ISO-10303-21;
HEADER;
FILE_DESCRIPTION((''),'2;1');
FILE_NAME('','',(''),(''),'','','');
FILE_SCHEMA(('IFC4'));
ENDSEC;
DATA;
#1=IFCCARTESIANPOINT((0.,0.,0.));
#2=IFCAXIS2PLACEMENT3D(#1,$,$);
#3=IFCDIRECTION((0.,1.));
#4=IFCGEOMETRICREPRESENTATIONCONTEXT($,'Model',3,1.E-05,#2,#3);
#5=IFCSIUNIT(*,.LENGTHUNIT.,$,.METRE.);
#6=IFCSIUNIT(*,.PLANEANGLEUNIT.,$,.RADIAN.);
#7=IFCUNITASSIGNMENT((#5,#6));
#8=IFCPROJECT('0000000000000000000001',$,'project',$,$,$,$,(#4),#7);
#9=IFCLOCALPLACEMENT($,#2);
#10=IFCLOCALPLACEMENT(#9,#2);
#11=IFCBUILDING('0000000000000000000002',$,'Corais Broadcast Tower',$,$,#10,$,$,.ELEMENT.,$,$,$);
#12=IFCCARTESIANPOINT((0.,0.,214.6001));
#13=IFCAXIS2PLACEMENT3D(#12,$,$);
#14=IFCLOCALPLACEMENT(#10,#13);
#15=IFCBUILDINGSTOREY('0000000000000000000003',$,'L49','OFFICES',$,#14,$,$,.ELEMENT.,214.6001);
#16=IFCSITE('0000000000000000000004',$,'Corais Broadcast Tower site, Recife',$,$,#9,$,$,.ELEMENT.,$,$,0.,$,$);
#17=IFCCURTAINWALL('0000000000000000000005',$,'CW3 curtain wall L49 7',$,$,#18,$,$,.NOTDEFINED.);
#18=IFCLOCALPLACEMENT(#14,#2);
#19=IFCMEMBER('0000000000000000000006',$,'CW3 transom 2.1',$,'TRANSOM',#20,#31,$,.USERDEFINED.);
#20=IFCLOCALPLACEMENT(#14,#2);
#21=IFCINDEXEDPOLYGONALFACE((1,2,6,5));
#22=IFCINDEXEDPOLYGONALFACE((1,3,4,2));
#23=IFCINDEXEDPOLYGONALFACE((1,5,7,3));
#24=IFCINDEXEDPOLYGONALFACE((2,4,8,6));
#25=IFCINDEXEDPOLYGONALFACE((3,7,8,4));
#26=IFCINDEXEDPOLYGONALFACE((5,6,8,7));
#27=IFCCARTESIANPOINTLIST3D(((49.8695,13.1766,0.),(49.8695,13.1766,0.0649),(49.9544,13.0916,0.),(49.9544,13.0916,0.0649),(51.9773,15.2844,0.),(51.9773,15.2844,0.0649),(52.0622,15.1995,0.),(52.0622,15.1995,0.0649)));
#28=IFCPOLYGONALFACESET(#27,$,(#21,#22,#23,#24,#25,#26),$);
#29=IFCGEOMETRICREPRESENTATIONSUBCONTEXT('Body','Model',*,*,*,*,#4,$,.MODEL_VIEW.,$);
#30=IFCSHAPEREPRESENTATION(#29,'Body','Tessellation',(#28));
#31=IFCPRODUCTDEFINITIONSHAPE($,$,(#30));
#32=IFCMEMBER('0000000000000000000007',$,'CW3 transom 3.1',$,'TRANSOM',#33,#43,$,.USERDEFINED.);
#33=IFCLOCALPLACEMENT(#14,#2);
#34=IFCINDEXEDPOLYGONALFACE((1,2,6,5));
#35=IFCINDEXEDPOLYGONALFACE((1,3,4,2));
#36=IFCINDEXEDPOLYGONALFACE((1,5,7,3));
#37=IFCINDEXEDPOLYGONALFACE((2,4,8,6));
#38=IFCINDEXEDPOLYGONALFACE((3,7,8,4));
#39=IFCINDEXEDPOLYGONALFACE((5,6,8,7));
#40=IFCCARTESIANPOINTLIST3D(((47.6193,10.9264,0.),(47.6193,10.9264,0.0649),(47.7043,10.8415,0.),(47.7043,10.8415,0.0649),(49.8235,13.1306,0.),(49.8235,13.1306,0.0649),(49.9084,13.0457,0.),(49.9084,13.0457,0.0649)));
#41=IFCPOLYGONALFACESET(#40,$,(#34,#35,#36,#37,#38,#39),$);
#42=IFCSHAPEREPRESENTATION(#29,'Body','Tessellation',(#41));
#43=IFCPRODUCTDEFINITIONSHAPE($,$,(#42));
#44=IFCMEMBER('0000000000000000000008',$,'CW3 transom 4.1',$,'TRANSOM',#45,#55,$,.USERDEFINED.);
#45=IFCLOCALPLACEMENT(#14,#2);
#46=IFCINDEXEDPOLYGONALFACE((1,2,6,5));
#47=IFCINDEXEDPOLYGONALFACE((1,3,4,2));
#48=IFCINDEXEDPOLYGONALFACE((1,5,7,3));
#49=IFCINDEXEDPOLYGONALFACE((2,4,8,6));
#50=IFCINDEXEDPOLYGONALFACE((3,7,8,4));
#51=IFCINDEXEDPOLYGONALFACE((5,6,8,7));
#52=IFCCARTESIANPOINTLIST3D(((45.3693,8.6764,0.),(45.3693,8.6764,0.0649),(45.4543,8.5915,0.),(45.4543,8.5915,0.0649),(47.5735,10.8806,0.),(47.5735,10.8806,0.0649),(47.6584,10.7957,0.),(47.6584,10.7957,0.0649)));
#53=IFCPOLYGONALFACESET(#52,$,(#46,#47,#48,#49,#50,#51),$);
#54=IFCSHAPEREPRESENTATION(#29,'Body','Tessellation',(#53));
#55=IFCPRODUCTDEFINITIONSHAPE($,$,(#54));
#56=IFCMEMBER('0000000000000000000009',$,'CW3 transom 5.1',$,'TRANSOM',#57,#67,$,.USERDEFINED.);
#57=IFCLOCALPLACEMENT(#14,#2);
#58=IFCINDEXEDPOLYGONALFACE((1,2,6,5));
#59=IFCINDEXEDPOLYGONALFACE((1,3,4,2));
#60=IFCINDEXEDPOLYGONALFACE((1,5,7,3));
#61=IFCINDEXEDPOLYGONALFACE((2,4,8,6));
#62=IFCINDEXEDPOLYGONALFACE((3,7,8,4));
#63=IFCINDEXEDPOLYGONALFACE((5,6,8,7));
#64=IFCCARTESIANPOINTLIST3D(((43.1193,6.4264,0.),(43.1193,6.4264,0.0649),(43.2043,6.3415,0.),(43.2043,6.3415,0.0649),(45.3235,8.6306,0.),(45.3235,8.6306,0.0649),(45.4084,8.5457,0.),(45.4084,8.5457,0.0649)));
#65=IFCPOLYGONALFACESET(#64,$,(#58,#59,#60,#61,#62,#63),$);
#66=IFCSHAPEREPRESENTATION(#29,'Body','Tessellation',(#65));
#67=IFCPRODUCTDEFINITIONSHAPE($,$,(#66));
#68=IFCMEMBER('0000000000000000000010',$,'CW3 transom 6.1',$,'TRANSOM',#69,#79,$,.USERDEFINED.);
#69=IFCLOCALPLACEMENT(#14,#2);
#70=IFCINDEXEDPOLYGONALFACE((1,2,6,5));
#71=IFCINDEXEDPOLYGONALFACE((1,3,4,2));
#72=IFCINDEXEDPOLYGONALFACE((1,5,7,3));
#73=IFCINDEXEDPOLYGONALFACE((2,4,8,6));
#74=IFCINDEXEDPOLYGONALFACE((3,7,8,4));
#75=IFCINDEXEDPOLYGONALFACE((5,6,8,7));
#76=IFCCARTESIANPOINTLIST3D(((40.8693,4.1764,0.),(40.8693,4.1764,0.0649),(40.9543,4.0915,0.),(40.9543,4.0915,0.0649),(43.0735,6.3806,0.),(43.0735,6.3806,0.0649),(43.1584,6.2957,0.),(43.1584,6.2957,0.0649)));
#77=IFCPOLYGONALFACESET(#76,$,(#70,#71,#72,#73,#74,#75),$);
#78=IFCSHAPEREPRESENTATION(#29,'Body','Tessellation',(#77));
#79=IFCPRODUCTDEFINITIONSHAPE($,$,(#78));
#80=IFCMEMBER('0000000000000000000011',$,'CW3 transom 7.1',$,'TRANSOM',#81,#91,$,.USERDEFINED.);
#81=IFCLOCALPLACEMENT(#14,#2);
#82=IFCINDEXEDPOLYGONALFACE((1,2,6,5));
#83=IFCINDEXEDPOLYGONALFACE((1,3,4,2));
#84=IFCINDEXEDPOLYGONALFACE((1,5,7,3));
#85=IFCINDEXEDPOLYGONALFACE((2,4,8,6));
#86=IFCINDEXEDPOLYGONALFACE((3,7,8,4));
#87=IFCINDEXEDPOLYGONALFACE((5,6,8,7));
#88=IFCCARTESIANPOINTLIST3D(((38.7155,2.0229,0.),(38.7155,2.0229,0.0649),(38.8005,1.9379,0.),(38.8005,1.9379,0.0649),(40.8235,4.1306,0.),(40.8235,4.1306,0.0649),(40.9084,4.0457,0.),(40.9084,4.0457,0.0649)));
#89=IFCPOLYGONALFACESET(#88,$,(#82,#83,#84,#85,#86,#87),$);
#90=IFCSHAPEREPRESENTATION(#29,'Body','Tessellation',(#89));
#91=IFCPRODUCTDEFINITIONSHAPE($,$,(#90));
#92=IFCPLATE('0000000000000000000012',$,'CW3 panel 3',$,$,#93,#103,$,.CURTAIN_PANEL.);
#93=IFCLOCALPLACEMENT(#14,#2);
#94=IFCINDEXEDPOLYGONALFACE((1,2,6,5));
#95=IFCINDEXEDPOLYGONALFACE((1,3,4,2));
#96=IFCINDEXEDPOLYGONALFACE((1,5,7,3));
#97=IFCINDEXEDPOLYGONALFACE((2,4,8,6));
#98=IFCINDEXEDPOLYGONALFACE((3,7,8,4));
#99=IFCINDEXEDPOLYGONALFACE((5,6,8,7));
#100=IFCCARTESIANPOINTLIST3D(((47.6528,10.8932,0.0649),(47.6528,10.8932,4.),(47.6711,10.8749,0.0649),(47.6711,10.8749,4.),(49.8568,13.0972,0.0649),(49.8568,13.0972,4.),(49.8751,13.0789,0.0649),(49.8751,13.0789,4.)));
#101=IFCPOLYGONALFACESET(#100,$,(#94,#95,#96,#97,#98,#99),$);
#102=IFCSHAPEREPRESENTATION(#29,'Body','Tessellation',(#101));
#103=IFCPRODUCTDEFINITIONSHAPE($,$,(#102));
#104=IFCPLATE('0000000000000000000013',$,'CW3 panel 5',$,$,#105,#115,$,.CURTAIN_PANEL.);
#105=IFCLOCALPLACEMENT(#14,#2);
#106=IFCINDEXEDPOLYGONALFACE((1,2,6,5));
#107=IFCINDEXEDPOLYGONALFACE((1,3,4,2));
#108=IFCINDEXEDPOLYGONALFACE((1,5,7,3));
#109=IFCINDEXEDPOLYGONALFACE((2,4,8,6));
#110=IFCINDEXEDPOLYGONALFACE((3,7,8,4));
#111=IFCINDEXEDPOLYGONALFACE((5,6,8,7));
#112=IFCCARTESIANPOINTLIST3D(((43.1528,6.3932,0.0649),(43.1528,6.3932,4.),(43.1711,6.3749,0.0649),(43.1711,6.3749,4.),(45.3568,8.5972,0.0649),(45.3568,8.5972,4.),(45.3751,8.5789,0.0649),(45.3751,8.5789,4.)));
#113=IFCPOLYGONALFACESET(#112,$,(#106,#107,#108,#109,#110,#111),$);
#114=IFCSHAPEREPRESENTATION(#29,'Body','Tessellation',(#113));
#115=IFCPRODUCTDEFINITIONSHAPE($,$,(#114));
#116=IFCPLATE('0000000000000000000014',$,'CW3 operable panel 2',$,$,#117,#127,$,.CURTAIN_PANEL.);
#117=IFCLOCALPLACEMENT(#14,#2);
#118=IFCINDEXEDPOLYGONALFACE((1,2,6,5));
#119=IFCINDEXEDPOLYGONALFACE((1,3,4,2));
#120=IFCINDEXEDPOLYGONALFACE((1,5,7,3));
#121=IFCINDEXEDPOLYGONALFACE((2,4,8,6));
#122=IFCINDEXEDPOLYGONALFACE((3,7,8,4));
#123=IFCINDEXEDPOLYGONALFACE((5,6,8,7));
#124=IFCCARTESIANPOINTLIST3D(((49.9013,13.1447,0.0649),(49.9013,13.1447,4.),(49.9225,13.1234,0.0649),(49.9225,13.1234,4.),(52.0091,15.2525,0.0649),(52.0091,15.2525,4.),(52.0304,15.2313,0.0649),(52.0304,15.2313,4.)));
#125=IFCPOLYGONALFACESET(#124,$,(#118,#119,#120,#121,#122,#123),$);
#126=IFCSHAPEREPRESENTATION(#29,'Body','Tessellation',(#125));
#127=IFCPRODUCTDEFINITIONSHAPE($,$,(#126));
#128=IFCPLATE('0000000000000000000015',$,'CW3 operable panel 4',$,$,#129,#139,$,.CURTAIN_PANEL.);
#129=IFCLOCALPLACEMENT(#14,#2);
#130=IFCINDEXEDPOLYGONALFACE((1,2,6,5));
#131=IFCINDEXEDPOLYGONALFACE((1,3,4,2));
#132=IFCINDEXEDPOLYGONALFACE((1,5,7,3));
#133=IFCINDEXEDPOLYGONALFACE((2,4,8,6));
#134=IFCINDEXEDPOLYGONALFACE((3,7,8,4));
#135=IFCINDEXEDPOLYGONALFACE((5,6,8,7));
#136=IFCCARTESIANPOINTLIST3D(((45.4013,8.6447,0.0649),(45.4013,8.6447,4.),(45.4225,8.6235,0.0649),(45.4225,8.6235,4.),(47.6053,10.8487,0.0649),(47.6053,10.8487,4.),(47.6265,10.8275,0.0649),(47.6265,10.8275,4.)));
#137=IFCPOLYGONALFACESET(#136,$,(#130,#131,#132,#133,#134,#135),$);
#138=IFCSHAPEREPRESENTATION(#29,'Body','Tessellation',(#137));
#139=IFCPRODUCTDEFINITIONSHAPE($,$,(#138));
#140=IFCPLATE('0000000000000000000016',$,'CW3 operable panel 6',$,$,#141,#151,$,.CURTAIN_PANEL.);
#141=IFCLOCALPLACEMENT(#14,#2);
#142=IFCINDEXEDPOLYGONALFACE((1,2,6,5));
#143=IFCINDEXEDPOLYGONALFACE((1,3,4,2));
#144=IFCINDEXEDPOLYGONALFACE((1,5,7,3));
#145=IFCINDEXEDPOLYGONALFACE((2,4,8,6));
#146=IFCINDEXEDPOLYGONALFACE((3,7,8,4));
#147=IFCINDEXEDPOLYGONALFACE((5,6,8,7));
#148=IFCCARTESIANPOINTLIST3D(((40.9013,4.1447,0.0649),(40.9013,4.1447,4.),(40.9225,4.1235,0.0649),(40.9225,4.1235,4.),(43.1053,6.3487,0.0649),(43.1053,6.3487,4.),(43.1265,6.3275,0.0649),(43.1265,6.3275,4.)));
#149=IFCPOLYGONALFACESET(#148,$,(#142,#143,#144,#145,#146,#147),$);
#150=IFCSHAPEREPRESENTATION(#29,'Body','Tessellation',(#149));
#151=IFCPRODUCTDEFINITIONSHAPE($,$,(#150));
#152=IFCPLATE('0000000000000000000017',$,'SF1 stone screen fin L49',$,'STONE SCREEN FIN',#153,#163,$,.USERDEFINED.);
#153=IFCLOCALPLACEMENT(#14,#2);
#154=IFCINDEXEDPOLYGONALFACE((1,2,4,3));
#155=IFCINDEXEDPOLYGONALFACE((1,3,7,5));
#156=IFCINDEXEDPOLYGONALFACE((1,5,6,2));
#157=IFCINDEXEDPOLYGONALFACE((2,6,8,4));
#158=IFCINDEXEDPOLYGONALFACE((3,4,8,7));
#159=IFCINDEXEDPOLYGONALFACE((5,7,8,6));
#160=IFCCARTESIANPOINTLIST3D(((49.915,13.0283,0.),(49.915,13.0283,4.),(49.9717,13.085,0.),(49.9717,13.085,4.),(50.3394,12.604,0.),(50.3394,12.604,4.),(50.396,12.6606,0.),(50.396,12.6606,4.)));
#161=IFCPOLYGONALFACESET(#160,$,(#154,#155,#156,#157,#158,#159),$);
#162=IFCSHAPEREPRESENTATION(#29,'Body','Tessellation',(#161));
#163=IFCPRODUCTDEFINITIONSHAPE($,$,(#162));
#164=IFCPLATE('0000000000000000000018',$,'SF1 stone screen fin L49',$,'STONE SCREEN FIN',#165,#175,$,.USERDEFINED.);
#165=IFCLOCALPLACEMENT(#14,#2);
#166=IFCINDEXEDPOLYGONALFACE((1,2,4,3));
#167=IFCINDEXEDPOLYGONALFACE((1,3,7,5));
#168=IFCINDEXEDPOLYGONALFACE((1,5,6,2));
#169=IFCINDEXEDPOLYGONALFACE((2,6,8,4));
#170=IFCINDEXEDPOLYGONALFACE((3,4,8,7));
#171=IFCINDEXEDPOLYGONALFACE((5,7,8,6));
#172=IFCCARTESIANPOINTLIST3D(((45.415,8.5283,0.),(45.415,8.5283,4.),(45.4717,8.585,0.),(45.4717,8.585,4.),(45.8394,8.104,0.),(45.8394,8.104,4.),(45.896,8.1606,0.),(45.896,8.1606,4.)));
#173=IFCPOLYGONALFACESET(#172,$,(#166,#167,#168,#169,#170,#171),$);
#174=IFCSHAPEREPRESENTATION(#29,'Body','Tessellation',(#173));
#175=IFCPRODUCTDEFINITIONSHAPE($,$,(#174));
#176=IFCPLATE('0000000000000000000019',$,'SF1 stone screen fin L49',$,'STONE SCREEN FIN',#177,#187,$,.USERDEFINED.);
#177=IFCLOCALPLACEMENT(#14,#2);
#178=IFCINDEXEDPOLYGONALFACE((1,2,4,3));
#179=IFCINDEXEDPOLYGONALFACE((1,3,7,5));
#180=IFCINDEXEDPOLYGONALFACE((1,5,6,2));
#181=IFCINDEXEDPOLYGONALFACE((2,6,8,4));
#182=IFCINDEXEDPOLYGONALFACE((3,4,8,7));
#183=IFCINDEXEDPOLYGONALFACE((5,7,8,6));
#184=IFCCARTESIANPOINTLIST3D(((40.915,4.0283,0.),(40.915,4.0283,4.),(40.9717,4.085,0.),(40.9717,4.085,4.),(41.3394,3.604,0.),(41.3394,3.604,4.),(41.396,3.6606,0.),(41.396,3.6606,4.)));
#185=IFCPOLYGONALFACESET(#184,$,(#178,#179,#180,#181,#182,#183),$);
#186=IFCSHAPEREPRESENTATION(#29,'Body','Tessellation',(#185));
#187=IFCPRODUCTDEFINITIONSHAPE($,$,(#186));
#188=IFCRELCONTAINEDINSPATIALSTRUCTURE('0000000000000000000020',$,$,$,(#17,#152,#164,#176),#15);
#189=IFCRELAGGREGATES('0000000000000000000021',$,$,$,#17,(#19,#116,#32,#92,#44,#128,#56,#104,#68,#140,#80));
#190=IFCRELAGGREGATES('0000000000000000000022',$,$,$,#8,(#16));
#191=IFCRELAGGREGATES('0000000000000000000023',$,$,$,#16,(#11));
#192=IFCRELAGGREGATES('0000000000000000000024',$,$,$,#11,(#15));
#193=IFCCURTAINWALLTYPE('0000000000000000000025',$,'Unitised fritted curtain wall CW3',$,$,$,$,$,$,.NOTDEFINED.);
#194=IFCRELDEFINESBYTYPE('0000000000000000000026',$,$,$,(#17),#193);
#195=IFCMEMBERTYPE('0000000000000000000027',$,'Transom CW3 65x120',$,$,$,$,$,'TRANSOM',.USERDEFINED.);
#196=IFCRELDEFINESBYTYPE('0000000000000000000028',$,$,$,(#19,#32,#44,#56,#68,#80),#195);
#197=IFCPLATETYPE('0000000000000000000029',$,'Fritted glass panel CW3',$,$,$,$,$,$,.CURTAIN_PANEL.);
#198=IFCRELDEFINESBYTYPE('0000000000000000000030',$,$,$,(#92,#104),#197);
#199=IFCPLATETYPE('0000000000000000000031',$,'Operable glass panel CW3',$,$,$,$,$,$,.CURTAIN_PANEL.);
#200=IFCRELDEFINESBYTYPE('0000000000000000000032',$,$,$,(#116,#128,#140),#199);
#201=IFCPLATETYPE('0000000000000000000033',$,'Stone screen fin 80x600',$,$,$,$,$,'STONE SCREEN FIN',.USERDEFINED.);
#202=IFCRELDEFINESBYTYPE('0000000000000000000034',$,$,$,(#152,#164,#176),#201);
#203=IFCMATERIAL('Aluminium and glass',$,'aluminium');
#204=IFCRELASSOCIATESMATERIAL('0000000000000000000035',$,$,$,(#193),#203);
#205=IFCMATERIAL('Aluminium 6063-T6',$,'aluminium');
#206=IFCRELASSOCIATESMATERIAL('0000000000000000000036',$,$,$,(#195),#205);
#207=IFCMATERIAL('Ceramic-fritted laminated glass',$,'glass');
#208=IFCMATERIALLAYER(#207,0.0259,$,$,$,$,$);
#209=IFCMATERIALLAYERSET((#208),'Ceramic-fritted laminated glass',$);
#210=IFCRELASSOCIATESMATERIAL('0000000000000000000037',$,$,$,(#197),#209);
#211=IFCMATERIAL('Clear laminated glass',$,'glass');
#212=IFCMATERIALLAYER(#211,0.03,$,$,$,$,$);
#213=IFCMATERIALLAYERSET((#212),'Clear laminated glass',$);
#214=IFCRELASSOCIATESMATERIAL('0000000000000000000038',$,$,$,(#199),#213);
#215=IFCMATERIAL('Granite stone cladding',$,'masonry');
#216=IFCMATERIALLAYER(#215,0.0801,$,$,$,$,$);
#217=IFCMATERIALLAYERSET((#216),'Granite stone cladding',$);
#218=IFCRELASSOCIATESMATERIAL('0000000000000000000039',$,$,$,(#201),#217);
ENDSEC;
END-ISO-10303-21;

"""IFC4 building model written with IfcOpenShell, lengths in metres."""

from ifc_helpers import new_model, si_unit, direction, frame, origin, origin_2d, place, context, subcontext, project, spatial, rectangle, extrude, material, layer, layer_set, material_profile, profile_set, type_object, element, aggregate, save


model = new_model("IFC4")

# Units and contexts
model_context = context("Model", 3, precision=1e-05, world=origin(), true_north=direction((0.0, 1.0)))
body_context = subcontext(model_context, "Body", "Model", "MODEL_VIEW")
ifc_project = project(units=[si_unit("LENGTHUNIT", "METRE"), si_unit("PLANEANGLEUNIT", "RADIAN")], contexts=[model_context])

# Site, building, storey
site_placement = place(None, origin())
site = spatial("IfcSite", under=ifc_project, at=site_placement, Name="Corais Broadcast Tower site, Recife", CompositionType="ELEMENT", RefElevation=0.0)
building_placement = place(site_placement, origin())
building = spatial("IfcBuilding", under=site, at=building_placement, Name="Corais Broadcast Tower", CompositionType="ELEMENT")
storey_placement = place(building_placement, frame((0.0, 0.0, 214.6001)))
storey = spatial("IfcBuildingStorey", under=building, at=storey_placement, Name="L49", Description="OFFICES", CompositionType="ELEMENT", Elevation=214.6001)

# Curtain wall
ifc_material_1 = material(Name="Aluminium and glass", Category="aluminium")
curtain_wall_type = type_object("IfcCurtainWallType", Name="Unitised fritted curtain wall CW3", PredefinedType="NOTDEFINED", material=ifc_material_1)
curtain_wall_placement = place(storey_placement, origin())
curtain_wall = element("IfcCurtainWall", 1, at=curtain_wall_placement, inside=storey, type_object=curtain_wall_type, Name="CW3 curtain wall L49 7", PredefinedType="NOTDEFINED")

# Members
ifc_material_2 = material(Name="Aluminium 6063-T6", Category="aluminium")
ifc_material_profile_1 = material_profile(ifc_material_2, rectangle(XDim=0.1201, YDim=0.0649, at=origin_2d()), Name="Transom CW3 65x120")
ifc_profile_set_1 = profile_set([ifc_material_profile_1], Name="Aluminium 6063-T6")
member_type_1 = type_object("IfcMemberType", Name="Transom CW3 65x120", ElementType="TRANSOM", PredefinedType="USERDEFINED", material=ifc_profile_set_1)
member_1_placement = place(storey_placement, frame((52.0198, 15.2419, 0.0325), z_axis=(-0.707107, -0.707107, 0.0), x_axis=(0.707107, -0.707107, 0.0)))
member_1 = element("IfcMember", 2, at=member_1_placement, type_object=member_type_1, Name="CW3 transom 2.1", ObjectType="TRANSOM", PredefinedType="USERDEFINED", context=body_context, shape_type="SweptSolid", body=[
    extrude(rectangle(XDim=0.1201, YDim=0.0649, at=origin_2d()), origin(), (0.0, 0.0, 1.0), 2.981),
])
member_2_placement = place(storey_placement, frame((49.866, 13.0881, 0.0325), z_axis=(-0.707107, -0.707107, 0.0), x_axis=(0.707107, -0.707107, 0.0)))
member_2 = element("IfcMember", 3, at=member_2_placement, type_object=member_type_1, Name="CW3 transom 3.1", ObjectType="TRANSOM", PredefinedType="USERDEFINED", context=body_context, shape_type="SweptSolid", body=[
    extrude(rectangle(XDim=0.1201, YDim=0.0649, at=origin_2d()), origin(), (0.0, 0.0, 1.0), 3.1172),
])
member_3_placement = place(storey_placement, frame((47.616, 10.8381, 0.0325), z_axis=(-0.707107, -0.707107, 0.0), x_axis=(0.707107, -0.707107, 0.0)))
member_3 = element("IfcMember", 4, at=member_3_placement, type_object=member_type_1, Name="CW3 transom 4.1", ObjectType="TRANSOM", PredefinedType="USERDEFINED", context=body_context, shape_type="SweptSolid", body=[
    extrude(rectangle(XDim=0.1201, YDim=0.0649, at=origin_2d()), origin(), (0.0, 0.0, 1.0), 3.1172),
])
member_4_placement = place(storey_placement, frame((45.366, 8.5881, 0.0325), z_axis=(-0.707107, -0.707107, 0.0), x_axis=(0.707107, -0.707107, 0.0)))
member_4 = element("IfcMember", 5, at=member_4_placement, type_object=member_type_1, Name="CW3 transom 5.1", ObjectType="TRANSOM", PredefinedType="USERDEFINED", context=body_context, shape_type="SweptSolid", body=[
    extrude(rectangle(XDim=0.1201, YDim=0.0649, at=origin_2d()), origin(), (0.0, 0.0, 1.0), 3.1172),
])
member_5_placement = place(storey_placement, frame((43.116, 6.3381, 0.0325), z_axis=(-0.707107, -0.707107, 0.0), x_axis=(0.707107, -0.707107, 0.0)))
member_5 = element("IfcMember", 6, at=member_5_placement, type_object=member_type_1, Name="CW3 transom 6.1", ObjectType="TRANSOM", PredefinedType="USERDEFINED", context=body_context, shape_type="SweptSolid", body=[
    extrude(rectangle(XDim=0.1201, YDim=0.0649, at=origin_2d()), origin(), (0.0, 0.0, 1.0), 3.1172),
])
member_6_placement = place(storey_placement, frame((40.866, 4.0881, 0.0325), z_axis=(-0.707148, -0.707066, 0.0), x_axis=(0.707066, -0.707148, 0.0)))
member_6 = element("IfcMember", 7, at=member_6_placement, type_object=member_type_1, Name="CW3 transom 7.1", ObjectType="TRANSOM", PredefinedType="USERDEFINED", context=body_context, shape_type="SweptSolid", body=[
    extrude(rectangle(XDim=0.1201, YDim=0.0649, at=origin_2d()), origin(), (0.0, 0.0, 1.0), 2.981),
])

# Plates
ifc_material_3 = material(Name="Ceramic-fritted laminated glass", Category="glass")
ifc_layer_1 = layer(ifc_material_3, 0.0259)
ifc_layer_set_1 = layer_set([ifc_layer_1], Name="Ceramic-fritted laminated glass")
plate_type_1 = type_object("IfcPlateType", Name="Fritted glass panel CW3", PredefinedType="CURTAIN_PANEL", material=ifc_layer_set_1)
plate_1_placement = place(storey_placement, frame((48.7639, 11.9861, 0.0649), z_axis=(0.0, 0.0, 1.0), x_axis=(-0.707107, -0.707107, 0.0)))
plate_1 = element("IfcPlate", 8, at=plate_1_placement, type_object=plate_type_1, Name="CW3 panel 3", PredefinedType="CURTAIN_PANEL", context=body_context, shape_type="SweptSolid", body=[
    extrude(rectangle(XDim=3.1169, YDim=0.0259, at=origin_2d()), origin(), (0.0, 0.0, 1.0), 3.9351),
])
plate_2_placement = place(storey_placement, frame((44.2639, 7.4861, 0.0649), z_axis=(0.0, 0.0, 1.0), x_axis=(-0.707107, -0.707107, 0.0)))
plate_2 = element("IfcPlate", 9, at=plate_2_placement, type_object=plate_type_1, Name="CW3 panel 5", PredefinedType="CURTAIN_PANEL", context=body_context, shape_type="SweptSolid", body=[
    extrude(rectangle(XDim=3.1169, YDim=0.0259, at=origin_2d()), origin(), (0.0, 0.0, 1.0), 3.9351),
])
ifc_material_4 = material(Name="Clear laminated glass", Category="glass")
ifc_layer_2 = layer(ifc_material_4, 0.03)
ifc_layer_set_2 = layer_set([ifc_layer_2], Name="Clear laminated glass")
plate_type_2 = type_object("IfcPlateType", Name="Operable glass panel CW3", PredefinedType="CURTAIN_PANEL", material=ifc_layer_set_2)
plate_3_placement = place(storey_placement, frame((50.9658, 14.188, 0.0649), z_axis=(0.0, 0.0, 1.0), x_axis=(-0.707107, -0.707107, 0.0)))
plate_3 = element("IfcPlate", 10, at=plate_3_placement, type_object=plate_type_2, Name="CW3 operable panel 2", PredefinedType="CURTAIN_PANEL", context=body_context, shape_type="SweptSolid", body=[
    extrude(rectangle(XDim=2.981, YDim=0.03, at=origin_2d()), origin(), (0.0, 0.0, 1.0), 3.9351),
])
plate_4_placement = place(storey_placement, frame((46.5139, 9.7361, 0.0649), z_axis=(0.0, 0.0, 1.0), x_axis=(-0.707107, -0.707107, 0.0)))
plate_4 = element("IfcPlate", 11, at=plate_4_placement, type_object=plate_type_2, Name="CW3 operable panel 4", PredefinedType="CURTAIN_PANEL", context=body_context, shape_type="SweptSolid", body=[
    extrude(rectangle(XDim=3.1169, YDim=0.03, at=origin_2d()), origin(), (0.0, 0.0, 1.0), 3.9351),
])
plate_5_placement = place(storey_placement, frame((42.0139, 5.2361, 0.0649), z_axis=(0.0, 0.0, 1.0), x_axis=(-0.707107, -0.707107, 0.0)))
plate_5 = element("IfcPlate", 12, at=plate_5_placement, type_object=plate_type_2, Name="CW3 operable panel 6", PredefinedType="CURTAIN_PANEL", context=body_context, shape_type="SweptSolid", body=[
    extrude(rectangle(XDim=3.1169, YDim=0.03, at=origin_2d()), origin(), (0.0, 0.0, 1.0), 3.9351),
])
aggregate(curtain_wall, [member_1, plate_3, member_2, plate_1, member_3, plate_4, member_4, plate_2, member_5, plate_5, member_6])

# Plates
ifc_material_5 = material(Name="Granite stone cladding", Category="masonry")
ifc_layer_3 = layer(ifc_material_5, 0.0801)
ifc_layer_set_3 = layer_set([ifc_layer_3], Name="Granite stone cladding")
plate_type_3 = type_object("IfcPlateType", Name="Stone screen fin 80x600", ElementType="STONE SCREEN FIN", PredefinedType="USERDEFINED", material=ifc_layer_set_3)
for number, where, z_axis, x_axis, name in (
    (13, (50.1555, 12.8445, 0.0), (0.0, 0.0, 1.0), (-0.707107, -0.707107, 0.0), "SF1 stone screen fin L49"),
    (14, (45.6555, 8.3445, 0.0), (0.0, 0.0, 1.0), (-0.707107, -0.707107, 0.0), "SF1 stone screen fin L49"),
    (15, (41.1555, 3.8445, 0.0), (0.0, 0.0, 1.0), (-0.707107, -0.707107, 0.0), "SF1 stone screen fin L49"),
):
    element("IfcPlate", number, at=place(storey_placement, frame(where, z_axis=z_axis, x_axis=x_axis)), inside=storey, type_object=plate_type_3, Name=name, ObjectType="STONE SCREEN FIN", PredefinedType="USERDEFINED", context=body_context, shape_type="SweptSolid", body=[
        extrude(rectangle(XDim=0.0801, YDim=0.6001, at=origin_2d()), origin(), (0.0, 0.0, 1.0), 4.0),
    ])

save(model, "model.ifc")
